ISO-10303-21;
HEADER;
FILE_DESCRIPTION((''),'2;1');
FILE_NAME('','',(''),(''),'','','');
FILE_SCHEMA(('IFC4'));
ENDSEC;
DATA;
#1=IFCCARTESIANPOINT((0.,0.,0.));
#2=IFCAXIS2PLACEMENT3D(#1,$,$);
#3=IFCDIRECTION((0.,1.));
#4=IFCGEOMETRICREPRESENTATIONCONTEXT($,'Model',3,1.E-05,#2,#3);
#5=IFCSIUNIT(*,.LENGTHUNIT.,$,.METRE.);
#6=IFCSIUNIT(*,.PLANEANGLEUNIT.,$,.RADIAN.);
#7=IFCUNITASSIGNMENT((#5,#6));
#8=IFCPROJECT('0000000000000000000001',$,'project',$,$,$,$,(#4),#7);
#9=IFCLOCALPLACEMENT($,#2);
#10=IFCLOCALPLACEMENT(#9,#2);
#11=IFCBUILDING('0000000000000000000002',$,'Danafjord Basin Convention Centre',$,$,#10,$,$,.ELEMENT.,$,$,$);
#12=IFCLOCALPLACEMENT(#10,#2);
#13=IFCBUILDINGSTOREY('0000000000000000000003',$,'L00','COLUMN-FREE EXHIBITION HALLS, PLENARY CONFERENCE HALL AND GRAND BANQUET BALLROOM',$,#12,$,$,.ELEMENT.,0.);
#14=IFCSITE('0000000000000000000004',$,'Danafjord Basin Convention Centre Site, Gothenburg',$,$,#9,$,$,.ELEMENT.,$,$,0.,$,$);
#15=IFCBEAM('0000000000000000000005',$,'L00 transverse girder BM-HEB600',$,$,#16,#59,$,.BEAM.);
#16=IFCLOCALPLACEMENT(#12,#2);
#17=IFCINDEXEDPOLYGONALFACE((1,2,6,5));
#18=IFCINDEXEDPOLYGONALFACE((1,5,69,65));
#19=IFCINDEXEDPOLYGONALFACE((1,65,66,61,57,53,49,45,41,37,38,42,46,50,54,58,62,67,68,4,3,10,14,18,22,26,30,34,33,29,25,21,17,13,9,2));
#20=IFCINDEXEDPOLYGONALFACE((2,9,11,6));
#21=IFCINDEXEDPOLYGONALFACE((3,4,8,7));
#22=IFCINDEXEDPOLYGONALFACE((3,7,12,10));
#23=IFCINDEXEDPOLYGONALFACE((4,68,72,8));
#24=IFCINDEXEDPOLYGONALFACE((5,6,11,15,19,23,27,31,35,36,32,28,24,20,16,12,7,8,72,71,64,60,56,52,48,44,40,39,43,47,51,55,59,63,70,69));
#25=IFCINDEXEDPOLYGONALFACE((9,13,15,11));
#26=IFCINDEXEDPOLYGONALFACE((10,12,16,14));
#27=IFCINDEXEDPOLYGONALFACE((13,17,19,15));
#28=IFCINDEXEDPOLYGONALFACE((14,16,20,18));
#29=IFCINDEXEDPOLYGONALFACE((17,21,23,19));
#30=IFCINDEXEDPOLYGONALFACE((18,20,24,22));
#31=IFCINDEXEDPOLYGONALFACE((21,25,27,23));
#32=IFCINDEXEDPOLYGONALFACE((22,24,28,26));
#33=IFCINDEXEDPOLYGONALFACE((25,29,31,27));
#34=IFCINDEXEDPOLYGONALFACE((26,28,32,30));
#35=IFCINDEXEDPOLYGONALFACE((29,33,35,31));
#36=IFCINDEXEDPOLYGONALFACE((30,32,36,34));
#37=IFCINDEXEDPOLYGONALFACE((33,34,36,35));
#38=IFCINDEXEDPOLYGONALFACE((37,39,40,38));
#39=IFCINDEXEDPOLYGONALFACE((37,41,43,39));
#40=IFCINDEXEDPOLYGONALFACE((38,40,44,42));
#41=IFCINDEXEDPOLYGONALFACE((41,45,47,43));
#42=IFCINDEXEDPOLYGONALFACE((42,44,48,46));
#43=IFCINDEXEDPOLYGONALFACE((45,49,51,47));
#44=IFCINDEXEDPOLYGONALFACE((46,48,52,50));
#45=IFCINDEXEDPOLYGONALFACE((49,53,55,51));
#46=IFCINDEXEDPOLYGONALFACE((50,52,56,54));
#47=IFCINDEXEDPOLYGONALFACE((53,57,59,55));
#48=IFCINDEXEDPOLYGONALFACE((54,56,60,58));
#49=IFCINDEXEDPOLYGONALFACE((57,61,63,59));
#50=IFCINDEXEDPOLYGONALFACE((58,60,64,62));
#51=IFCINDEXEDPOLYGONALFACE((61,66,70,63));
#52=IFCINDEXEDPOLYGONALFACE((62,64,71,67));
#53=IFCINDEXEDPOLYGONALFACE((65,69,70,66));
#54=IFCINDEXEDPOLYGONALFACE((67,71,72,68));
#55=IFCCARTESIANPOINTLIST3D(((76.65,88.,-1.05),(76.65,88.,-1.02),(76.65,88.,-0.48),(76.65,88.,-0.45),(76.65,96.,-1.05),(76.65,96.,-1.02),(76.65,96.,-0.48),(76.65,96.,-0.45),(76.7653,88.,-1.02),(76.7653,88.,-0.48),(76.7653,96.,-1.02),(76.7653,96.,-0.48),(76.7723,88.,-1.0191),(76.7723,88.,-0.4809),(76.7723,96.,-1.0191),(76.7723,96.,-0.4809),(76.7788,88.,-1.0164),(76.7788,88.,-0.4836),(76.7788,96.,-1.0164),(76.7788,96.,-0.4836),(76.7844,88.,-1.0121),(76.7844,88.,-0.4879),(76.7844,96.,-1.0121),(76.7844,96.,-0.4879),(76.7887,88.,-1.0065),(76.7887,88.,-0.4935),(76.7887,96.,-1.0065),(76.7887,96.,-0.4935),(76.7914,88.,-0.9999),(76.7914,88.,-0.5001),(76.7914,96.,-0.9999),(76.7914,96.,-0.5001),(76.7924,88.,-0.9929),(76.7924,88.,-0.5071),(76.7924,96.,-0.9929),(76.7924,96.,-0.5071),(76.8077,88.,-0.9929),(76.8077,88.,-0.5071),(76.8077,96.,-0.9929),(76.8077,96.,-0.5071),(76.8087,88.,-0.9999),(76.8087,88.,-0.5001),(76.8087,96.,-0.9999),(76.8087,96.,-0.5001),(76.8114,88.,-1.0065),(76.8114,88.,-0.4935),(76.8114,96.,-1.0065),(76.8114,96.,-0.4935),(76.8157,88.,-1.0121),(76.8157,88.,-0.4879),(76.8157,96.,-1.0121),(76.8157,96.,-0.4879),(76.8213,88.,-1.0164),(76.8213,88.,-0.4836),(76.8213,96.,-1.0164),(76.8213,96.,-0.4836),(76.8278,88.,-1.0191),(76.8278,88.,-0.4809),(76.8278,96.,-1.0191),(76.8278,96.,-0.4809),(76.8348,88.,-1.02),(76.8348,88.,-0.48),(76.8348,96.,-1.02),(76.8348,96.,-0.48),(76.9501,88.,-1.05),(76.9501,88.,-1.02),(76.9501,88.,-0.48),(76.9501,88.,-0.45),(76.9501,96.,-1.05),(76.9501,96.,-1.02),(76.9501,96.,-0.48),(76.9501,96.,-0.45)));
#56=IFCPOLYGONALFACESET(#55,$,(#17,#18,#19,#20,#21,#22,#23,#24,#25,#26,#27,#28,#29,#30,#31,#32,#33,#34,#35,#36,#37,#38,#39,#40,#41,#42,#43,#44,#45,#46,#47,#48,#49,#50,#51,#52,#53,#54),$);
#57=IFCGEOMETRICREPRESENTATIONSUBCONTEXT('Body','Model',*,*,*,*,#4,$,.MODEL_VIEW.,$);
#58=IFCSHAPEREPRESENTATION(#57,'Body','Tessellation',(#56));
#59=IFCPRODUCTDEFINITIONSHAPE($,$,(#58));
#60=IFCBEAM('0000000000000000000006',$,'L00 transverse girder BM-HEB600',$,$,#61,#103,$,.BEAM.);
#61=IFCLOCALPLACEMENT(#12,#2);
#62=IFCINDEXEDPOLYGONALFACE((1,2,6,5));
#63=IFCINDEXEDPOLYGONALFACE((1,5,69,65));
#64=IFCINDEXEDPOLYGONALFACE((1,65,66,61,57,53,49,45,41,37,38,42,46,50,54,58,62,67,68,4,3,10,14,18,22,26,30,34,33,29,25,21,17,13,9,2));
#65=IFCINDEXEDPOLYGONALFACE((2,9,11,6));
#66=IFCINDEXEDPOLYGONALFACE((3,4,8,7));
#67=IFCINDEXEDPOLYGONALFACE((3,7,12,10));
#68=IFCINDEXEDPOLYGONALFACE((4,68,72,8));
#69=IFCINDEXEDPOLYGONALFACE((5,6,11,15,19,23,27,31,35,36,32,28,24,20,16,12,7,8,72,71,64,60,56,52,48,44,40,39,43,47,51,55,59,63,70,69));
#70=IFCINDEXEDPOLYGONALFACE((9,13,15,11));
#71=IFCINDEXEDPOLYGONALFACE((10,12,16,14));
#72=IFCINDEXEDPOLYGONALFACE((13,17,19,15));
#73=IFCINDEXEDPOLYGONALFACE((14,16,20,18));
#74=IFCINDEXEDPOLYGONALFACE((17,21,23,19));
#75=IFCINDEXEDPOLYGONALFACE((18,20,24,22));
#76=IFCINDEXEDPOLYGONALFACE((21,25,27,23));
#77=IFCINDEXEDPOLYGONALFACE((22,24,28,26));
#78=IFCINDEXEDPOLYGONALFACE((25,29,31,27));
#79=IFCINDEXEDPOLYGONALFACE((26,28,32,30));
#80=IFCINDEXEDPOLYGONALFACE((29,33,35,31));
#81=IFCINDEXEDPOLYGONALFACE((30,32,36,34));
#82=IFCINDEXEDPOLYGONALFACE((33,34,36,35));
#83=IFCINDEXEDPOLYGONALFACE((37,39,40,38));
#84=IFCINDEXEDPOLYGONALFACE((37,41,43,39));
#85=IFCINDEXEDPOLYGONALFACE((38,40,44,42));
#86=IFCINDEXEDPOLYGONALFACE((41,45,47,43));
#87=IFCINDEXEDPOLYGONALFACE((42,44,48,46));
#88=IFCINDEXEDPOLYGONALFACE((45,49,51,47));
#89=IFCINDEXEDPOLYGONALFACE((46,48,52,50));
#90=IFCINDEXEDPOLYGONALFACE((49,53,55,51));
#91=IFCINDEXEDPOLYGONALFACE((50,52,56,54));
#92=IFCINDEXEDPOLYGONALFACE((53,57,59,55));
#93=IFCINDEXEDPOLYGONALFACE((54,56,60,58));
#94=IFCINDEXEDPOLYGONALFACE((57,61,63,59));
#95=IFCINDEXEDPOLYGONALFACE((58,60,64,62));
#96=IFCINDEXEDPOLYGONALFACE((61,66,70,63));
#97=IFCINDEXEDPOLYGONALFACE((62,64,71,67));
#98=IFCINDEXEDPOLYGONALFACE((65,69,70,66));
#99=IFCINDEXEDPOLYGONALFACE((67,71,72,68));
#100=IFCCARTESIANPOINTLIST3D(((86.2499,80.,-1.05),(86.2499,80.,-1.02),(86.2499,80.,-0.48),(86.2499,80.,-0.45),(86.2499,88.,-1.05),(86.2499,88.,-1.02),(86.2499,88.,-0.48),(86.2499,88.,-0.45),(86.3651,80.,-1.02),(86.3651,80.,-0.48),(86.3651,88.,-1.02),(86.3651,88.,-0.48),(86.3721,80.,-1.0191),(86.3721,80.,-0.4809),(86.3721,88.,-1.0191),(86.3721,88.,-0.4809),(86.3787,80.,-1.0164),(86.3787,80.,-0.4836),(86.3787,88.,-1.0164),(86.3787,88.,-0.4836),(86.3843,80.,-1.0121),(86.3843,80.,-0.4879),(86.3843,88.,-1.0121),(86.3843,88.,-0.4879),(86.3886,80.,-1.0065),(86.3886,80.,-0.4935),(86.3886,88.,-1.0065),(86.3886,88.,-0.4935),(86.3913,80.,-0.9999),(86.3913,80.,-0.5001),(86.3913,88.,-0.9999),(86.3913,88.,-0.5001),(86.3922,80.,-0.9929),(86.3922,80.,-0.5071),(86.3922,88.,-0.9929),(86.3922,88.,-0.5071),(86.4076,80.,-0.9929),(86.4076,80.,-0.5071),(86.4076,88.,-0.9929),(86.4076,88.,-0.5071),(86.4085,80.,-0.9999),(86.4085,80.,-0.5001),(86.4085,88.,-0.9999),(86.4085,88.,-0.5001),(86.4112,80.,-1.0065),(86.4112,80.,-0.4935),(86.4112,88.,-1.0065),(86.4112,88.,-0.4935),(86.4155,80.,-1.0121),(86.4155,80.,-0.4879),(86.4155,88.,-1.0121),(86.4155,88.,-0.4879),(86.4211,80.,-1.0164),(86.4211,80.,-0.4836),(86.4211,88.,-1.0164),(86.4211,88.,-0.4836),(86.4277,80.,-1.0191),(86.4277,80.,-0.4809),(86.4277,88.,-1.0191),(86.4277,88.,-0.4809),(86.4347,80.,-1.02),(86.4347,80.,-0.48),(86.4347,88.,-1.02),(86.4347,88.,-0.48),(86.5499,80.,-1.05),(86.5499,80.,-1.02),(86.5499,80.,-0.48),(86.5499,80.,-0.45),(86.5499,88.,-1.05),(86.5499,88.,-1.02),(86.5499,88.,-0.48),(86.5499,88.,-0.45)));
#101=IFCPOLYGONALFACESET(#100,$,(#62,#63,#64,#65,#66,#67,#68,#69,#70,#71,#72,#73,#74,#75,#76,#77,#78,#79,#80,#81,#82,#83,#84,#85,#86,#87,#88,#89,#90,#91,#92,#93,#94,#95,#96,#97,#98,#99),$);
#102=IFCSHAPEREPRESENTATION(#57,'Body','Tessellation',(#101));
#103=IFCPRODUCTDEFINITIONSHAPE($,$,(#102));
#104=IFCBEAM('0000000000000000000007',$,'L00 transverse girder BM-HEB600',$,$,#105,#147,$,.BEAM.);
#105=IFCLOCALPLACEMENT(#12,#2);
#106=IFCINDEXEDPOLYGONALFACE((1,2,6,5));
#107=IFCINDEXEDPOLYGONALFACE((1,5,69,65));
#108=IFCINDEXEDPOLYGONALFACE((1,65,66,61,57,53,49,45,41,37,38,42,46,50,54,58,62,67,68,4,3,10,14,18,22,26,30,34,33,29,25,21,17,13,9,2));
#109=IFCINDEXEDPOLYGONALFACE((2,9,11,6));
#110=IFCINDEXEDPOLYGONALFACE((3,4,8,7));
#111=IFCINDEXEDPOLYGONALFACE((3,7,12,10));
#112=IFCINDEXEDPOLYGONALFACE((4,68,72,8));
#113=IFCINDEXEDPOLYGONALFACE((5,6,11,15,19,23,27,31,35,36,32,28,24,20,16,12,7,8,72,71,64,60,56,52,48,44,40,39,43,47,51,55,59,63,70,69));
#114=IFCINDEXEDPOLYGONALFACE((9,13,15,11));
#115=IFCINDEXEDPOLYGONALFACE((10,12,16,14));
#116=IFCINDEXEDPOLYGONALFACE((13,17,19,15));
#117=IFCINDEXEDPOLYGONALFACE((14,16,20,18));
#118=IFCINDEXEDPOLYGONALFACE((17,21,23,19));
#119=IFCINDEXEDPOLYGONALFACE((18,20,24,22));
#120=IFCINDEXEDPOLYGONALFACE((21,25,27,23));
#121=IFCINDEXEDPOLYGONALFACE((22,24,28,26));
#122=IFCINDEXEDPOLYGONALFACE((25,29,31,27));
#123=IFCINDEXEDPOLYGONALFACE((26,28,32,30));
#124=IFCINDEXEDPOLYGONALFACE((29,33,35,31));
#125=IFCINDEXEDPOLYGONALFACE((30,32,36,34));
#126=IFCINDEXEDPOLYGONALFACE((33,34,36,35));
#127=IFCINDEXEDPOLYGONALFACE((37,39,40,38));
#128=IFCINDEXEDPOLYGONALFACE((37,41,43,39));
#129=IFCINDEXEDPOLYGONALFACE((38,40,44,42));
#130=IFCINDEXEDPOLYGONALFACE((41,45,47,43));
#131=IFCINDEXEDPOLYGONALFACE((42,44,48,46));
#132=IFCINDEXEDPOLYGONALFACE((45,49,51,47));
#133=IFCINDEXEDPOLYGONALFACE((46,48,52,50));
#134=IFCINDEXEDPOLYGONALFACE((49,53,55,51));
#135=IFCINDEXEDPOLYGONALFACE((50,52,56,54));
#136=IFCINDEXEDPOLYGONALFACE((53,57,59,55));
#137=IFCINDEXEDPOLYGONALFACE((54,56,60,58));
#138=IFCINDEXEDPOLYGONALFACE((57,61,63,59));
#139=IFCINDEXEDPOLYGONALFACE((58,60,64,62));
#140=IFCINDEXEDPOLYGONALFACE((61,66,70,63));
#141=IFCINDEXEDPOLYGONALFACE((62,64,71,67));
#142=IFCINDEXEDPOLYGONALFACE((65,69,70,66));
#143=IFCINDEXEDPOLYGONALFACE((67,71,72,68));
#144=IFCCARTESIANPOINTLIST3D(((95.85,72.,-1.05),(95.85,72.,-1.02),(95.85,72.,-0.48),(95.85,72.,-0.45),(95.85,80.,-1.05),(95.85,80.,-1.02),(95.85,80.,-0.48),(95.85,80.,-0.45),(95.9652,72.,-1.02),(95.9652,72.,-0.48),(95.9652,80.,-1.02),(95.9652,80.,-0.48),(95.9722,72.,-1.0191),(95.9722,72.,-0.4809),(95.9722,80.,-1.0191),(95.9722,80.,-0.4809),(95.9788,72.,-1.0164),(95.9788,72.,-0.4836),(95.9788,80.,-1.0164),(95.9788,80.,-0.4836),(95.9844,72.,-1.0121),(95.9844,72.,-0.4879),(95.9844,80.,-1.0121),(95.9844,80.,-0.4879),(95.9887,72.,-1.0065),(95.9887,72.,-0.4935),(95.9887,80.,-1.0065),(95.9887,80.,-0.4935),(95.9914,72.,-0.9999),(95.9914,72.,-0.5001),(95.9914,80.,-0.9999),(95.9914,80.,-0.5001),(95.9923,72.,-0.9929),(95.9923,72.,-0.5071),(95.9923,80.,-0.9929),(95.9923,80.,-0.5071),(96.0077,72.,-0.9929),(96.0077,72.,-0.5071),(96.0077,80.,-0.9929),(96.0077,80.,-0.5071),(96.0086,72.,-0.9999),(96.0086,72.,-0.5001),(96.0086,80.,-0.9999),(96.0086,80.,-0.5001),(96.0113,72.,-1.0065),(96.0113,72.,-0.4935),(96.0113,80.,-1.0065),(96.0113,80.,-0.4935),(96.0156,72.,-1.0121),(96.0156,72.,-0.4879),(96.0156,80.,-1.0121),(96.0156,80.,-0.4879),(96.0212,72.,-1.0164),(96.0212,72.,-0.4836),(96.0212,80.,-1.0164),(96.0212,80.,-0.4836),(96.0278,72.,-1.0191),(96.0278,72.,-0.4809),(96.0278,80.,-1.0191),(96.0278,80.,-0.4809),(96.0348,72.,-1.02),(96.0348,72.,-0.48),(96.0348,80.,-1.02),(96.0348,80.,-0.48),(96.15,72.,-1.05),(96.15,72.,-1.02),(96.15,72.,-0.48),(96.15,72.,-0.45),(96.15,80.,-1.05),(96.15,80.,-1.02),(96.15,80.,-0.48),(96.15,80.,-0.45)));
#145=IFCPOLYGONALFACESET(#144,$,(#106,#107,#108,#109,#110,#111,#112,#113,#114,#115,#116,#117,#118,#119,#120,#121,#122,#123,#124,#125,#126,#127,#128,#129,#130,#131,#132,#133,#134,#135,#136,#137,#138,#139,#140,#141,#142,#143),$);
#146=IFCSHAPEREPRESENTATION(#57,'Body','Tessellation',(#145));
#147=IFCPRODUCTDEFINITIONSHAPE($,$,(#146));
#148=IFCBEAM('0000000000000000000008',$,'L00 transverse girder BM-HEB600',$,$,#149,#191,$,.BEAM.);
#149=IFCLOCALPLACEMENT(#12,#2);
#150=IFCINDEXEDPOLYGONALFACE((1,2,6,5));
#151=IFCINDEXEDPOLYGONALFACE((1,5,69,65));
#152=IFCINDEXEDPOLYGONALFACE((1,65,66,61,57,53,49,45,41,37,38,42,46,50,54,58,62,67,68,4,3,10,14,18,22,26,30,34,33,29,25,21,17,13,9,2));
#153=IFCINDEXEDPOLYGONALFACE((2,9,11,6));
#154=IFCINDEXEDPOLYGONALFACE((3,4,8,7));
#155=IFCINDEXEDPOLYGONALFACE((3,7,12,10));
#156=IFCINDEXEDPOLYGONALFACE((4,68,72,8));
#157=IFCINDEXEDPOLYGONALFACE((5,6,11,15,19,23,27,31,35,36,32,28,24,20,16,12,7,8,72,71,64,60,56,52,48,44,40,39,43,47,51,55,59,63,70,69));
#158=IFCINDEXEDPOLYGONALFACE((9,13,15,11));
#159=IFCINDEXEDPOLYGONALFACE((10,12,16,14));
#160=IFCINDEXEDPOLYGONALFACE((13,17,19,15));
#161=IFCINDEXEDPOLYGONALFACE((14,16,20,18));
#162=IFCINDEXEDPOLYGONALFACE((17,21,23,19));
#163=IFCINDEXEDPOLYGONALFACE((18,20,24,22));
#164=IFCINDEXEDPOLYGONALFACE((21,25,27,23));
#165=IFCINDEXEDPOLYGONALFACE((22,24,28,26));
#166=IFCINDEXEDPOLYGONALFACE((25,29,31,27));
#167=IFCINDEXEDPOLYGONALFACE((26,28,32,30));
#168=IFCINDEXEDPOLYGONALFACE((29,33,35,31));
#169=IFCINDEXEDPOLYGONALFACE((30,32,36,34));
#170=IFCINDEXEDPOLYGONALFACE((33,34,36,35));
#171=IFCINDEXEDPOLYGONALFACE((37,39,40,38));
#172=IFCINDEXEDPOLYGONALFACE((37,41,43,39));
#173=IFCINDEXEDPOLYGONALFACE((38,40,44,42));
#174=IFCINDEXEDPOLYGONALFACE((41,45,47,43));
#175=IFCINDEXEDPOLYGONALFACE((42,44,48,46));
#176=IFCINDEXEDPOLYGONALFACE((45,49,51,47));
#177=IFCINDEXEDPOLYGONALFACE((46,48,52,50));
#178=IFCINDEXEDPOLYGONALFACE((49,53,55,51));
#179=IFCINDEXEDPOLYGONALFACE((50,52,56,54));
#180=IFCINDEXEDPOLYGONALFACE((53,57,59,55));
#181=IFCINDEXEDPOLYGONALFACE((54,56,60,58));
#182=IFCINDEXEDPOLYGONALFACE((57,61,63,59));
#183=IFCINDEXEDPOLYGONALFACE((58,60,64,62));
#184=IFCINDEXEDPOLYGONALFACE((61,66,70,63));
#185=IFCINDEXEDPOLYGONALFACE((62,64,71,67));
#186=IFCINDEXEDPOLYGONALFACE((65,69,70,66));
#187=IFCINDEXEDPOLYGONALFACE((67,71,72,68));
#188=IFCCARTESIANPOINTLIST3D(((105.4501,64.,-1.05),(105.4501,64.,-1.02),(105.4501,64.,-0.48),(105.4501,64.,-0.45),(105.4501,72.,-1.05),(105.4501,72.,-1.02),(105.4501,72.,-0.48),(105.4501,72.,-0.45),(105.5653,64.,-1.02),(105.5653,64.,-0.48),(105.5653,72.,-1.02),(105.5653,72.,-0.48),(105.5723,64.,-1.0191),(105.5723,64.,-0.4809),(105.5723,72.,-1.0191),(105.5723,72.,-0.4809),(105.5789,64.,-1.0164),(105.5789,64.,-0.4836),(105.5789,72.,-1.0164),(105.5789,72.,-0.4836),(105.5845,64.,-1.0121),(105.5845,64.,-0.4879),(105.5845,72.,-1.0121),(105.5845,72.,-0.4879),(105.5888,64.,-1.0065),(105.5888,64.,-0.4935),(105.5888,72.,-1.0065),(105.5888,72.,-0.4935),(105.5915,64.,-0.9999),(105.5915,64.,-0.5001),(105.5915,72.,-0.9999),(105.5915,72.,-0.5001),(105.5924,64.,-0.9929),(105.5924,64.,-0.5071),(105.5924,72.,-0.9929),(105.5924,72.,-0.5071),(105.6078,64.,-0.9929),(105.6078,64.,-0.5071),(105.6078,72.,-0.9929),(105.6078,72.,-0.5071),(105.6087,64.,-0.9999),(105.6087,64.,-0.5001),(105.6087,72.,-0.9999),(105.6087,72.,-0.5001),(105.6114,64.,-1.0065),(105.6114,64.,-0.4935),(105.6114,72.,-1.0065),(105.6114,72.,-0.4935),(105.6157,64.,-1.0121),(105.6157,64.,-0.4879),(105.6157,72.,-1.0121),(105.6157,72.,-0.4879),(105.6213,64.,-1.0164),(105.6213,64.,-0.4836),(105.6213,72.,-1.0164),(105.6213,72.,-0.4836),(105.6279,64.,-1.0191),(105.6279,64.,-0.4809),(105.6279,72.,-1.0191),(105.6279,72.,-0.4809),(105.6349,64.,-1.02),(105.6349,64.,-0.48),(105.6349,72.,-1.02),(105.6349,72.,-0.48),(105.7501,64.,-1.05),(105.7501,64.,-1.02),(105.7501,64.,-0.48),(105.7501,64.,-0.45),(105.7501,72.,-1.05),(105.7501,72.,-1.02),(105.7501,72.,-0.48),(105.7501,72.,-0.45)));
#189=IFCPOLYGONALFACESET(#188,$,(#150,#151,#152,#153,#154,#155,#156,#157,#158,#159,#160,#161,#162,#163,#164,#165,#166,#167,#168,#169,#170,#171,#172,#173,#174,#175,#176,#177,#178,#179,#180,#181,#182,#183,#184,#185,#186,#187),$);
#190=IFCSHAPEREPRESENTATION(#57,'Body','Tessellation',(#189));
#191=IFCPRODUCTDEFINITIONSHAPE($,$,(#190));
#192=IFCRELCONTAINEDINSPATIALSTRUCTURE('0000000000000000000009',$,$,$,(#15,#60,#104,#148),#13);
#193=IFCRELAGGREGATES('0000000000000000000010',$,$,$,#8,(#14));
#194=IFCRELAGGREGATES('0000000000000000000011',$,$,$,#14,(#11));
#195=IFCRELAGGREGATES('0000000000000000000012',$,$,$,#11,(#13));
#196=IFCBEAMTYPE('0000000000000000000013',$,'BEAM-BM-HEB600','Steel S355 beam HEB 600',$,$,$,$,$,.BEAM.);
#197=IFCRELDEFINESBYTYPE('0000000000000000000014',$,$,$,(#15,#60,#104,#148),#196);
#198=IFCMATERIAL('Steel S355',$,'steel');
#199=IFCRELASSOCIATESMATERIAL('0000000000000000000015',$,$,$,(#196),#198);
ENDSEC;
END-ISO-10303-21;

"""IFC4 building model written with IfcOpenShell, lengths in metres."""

from ifc_helpers import new_model, si_unit, direction, frame, origin, origin_2d, place, context, subcontext, project, spatial, i_section, extrude, material, material_profile, profile_set, type_object, element, save


model = new_model("IFC4")

# Units and contexts
model_context = context("Model", 3, precision=1e-05, world=origin(), true_north=direction((0.0, 1.0)))
body_context = subcontext(model_context, "Body", "Model", "MODEL_VIEW")
ifc_project = project(units=[si_unit("LENGTHUNIT", "METRE"), si_unit("PLANEANGLEUNIT", "RADIAN")], contexts=[model_context])

# Site, building, storey
site_placement = place(None, origin())
site = spatial("IfcSite", under=ifc_project, at=site_placement, Name="Danafjord Basin Convention Centre Site, Gothenburg", CompositionType="ELEMENT", RefElevation=0.0)
building_placement = place(site_placement, origin())
building = spatial("IfcBuilding", under=site, at=building_placement, Name="Danafjord Basin Convention Centre", CompositionType="ELEMENT")
storey_placement = place(building_placement, origin())
storey = spatial("IfcBuildingStorey", under=building, at=storey_placement, Name="L00", Description="COLUMN-FREE EXHIBITION HALLS, PLENARY CONFERENCE HALL AND GRAND BANQUET BALLROOM", CompositionType="ELEMENT", Elevation=0.0)

# Beams
ifc_material = material(Name="Steel S355", Category="steel")
ifc_material_profile_1 = material_profile(ifc_material, i_section(OverallWidth=0.3, OverallDepth=0.6001, WebThickness=0.0154, FlangeThickness=0.03, FilletRadius=0.0271, at=origin_2d()), Name="HEB 600")
ifc_profile_set_1 = profile_set([ifc_material_profile_1], Name="Steel S355")
beam_type_1 = type_object("IfcBeamType", Name="BEAM-BM-HEB600", Description="Steel S355 beam HEB 600", PredefinedType="BEAM", material=ifc_profile_set_1)
for number, where, z_axis, x_axis, name in (
    (1, (76.8, 88.0, -0.75), (0.0, 1.0, 0.0), (-1.0, 0.0, 0.0), "L00 transverse girder BM-HEB600"),
    (2, (86.3999, 80.0, -0.75), (0.0, 1.0, 0.0), (-1.0, 0.0, 0.0), "L00 transverse girder BM-HEB600"),
    (3, (96.0, 72.0, -0.75), (0.0, 1.0, 0.0), (-1.0, 0.0, 0.0), "L00 transverse girder BM-HEB600"),
    (4, (105.6001, 64.0, -0.75), (0.0, 1.0, 0.0), (-1.0, 0.0, 0.0), "L00 transverse girder BM-HEB600"),
):
    element("IfcBeam", number, at=place(storey_placement, frame(where, z_axis=z_axis, x_axis=x_axis)), inside=storey, type_object=beam_type_1, Name=name, PredefinedType="BEAM", context=body_context, shape_type="SweptSolid", body=[
        extrude(i_section(OverallWidth=0.3, OverallDepth=0.6001, WebThickness=0.0154, FlangeThickness=0.03, FilletRadius=0.0271, at=origin_2d()), origin(), (0.0, 0.0, 1.0), 8.0),
    ])

save(model, "model.ifc")
